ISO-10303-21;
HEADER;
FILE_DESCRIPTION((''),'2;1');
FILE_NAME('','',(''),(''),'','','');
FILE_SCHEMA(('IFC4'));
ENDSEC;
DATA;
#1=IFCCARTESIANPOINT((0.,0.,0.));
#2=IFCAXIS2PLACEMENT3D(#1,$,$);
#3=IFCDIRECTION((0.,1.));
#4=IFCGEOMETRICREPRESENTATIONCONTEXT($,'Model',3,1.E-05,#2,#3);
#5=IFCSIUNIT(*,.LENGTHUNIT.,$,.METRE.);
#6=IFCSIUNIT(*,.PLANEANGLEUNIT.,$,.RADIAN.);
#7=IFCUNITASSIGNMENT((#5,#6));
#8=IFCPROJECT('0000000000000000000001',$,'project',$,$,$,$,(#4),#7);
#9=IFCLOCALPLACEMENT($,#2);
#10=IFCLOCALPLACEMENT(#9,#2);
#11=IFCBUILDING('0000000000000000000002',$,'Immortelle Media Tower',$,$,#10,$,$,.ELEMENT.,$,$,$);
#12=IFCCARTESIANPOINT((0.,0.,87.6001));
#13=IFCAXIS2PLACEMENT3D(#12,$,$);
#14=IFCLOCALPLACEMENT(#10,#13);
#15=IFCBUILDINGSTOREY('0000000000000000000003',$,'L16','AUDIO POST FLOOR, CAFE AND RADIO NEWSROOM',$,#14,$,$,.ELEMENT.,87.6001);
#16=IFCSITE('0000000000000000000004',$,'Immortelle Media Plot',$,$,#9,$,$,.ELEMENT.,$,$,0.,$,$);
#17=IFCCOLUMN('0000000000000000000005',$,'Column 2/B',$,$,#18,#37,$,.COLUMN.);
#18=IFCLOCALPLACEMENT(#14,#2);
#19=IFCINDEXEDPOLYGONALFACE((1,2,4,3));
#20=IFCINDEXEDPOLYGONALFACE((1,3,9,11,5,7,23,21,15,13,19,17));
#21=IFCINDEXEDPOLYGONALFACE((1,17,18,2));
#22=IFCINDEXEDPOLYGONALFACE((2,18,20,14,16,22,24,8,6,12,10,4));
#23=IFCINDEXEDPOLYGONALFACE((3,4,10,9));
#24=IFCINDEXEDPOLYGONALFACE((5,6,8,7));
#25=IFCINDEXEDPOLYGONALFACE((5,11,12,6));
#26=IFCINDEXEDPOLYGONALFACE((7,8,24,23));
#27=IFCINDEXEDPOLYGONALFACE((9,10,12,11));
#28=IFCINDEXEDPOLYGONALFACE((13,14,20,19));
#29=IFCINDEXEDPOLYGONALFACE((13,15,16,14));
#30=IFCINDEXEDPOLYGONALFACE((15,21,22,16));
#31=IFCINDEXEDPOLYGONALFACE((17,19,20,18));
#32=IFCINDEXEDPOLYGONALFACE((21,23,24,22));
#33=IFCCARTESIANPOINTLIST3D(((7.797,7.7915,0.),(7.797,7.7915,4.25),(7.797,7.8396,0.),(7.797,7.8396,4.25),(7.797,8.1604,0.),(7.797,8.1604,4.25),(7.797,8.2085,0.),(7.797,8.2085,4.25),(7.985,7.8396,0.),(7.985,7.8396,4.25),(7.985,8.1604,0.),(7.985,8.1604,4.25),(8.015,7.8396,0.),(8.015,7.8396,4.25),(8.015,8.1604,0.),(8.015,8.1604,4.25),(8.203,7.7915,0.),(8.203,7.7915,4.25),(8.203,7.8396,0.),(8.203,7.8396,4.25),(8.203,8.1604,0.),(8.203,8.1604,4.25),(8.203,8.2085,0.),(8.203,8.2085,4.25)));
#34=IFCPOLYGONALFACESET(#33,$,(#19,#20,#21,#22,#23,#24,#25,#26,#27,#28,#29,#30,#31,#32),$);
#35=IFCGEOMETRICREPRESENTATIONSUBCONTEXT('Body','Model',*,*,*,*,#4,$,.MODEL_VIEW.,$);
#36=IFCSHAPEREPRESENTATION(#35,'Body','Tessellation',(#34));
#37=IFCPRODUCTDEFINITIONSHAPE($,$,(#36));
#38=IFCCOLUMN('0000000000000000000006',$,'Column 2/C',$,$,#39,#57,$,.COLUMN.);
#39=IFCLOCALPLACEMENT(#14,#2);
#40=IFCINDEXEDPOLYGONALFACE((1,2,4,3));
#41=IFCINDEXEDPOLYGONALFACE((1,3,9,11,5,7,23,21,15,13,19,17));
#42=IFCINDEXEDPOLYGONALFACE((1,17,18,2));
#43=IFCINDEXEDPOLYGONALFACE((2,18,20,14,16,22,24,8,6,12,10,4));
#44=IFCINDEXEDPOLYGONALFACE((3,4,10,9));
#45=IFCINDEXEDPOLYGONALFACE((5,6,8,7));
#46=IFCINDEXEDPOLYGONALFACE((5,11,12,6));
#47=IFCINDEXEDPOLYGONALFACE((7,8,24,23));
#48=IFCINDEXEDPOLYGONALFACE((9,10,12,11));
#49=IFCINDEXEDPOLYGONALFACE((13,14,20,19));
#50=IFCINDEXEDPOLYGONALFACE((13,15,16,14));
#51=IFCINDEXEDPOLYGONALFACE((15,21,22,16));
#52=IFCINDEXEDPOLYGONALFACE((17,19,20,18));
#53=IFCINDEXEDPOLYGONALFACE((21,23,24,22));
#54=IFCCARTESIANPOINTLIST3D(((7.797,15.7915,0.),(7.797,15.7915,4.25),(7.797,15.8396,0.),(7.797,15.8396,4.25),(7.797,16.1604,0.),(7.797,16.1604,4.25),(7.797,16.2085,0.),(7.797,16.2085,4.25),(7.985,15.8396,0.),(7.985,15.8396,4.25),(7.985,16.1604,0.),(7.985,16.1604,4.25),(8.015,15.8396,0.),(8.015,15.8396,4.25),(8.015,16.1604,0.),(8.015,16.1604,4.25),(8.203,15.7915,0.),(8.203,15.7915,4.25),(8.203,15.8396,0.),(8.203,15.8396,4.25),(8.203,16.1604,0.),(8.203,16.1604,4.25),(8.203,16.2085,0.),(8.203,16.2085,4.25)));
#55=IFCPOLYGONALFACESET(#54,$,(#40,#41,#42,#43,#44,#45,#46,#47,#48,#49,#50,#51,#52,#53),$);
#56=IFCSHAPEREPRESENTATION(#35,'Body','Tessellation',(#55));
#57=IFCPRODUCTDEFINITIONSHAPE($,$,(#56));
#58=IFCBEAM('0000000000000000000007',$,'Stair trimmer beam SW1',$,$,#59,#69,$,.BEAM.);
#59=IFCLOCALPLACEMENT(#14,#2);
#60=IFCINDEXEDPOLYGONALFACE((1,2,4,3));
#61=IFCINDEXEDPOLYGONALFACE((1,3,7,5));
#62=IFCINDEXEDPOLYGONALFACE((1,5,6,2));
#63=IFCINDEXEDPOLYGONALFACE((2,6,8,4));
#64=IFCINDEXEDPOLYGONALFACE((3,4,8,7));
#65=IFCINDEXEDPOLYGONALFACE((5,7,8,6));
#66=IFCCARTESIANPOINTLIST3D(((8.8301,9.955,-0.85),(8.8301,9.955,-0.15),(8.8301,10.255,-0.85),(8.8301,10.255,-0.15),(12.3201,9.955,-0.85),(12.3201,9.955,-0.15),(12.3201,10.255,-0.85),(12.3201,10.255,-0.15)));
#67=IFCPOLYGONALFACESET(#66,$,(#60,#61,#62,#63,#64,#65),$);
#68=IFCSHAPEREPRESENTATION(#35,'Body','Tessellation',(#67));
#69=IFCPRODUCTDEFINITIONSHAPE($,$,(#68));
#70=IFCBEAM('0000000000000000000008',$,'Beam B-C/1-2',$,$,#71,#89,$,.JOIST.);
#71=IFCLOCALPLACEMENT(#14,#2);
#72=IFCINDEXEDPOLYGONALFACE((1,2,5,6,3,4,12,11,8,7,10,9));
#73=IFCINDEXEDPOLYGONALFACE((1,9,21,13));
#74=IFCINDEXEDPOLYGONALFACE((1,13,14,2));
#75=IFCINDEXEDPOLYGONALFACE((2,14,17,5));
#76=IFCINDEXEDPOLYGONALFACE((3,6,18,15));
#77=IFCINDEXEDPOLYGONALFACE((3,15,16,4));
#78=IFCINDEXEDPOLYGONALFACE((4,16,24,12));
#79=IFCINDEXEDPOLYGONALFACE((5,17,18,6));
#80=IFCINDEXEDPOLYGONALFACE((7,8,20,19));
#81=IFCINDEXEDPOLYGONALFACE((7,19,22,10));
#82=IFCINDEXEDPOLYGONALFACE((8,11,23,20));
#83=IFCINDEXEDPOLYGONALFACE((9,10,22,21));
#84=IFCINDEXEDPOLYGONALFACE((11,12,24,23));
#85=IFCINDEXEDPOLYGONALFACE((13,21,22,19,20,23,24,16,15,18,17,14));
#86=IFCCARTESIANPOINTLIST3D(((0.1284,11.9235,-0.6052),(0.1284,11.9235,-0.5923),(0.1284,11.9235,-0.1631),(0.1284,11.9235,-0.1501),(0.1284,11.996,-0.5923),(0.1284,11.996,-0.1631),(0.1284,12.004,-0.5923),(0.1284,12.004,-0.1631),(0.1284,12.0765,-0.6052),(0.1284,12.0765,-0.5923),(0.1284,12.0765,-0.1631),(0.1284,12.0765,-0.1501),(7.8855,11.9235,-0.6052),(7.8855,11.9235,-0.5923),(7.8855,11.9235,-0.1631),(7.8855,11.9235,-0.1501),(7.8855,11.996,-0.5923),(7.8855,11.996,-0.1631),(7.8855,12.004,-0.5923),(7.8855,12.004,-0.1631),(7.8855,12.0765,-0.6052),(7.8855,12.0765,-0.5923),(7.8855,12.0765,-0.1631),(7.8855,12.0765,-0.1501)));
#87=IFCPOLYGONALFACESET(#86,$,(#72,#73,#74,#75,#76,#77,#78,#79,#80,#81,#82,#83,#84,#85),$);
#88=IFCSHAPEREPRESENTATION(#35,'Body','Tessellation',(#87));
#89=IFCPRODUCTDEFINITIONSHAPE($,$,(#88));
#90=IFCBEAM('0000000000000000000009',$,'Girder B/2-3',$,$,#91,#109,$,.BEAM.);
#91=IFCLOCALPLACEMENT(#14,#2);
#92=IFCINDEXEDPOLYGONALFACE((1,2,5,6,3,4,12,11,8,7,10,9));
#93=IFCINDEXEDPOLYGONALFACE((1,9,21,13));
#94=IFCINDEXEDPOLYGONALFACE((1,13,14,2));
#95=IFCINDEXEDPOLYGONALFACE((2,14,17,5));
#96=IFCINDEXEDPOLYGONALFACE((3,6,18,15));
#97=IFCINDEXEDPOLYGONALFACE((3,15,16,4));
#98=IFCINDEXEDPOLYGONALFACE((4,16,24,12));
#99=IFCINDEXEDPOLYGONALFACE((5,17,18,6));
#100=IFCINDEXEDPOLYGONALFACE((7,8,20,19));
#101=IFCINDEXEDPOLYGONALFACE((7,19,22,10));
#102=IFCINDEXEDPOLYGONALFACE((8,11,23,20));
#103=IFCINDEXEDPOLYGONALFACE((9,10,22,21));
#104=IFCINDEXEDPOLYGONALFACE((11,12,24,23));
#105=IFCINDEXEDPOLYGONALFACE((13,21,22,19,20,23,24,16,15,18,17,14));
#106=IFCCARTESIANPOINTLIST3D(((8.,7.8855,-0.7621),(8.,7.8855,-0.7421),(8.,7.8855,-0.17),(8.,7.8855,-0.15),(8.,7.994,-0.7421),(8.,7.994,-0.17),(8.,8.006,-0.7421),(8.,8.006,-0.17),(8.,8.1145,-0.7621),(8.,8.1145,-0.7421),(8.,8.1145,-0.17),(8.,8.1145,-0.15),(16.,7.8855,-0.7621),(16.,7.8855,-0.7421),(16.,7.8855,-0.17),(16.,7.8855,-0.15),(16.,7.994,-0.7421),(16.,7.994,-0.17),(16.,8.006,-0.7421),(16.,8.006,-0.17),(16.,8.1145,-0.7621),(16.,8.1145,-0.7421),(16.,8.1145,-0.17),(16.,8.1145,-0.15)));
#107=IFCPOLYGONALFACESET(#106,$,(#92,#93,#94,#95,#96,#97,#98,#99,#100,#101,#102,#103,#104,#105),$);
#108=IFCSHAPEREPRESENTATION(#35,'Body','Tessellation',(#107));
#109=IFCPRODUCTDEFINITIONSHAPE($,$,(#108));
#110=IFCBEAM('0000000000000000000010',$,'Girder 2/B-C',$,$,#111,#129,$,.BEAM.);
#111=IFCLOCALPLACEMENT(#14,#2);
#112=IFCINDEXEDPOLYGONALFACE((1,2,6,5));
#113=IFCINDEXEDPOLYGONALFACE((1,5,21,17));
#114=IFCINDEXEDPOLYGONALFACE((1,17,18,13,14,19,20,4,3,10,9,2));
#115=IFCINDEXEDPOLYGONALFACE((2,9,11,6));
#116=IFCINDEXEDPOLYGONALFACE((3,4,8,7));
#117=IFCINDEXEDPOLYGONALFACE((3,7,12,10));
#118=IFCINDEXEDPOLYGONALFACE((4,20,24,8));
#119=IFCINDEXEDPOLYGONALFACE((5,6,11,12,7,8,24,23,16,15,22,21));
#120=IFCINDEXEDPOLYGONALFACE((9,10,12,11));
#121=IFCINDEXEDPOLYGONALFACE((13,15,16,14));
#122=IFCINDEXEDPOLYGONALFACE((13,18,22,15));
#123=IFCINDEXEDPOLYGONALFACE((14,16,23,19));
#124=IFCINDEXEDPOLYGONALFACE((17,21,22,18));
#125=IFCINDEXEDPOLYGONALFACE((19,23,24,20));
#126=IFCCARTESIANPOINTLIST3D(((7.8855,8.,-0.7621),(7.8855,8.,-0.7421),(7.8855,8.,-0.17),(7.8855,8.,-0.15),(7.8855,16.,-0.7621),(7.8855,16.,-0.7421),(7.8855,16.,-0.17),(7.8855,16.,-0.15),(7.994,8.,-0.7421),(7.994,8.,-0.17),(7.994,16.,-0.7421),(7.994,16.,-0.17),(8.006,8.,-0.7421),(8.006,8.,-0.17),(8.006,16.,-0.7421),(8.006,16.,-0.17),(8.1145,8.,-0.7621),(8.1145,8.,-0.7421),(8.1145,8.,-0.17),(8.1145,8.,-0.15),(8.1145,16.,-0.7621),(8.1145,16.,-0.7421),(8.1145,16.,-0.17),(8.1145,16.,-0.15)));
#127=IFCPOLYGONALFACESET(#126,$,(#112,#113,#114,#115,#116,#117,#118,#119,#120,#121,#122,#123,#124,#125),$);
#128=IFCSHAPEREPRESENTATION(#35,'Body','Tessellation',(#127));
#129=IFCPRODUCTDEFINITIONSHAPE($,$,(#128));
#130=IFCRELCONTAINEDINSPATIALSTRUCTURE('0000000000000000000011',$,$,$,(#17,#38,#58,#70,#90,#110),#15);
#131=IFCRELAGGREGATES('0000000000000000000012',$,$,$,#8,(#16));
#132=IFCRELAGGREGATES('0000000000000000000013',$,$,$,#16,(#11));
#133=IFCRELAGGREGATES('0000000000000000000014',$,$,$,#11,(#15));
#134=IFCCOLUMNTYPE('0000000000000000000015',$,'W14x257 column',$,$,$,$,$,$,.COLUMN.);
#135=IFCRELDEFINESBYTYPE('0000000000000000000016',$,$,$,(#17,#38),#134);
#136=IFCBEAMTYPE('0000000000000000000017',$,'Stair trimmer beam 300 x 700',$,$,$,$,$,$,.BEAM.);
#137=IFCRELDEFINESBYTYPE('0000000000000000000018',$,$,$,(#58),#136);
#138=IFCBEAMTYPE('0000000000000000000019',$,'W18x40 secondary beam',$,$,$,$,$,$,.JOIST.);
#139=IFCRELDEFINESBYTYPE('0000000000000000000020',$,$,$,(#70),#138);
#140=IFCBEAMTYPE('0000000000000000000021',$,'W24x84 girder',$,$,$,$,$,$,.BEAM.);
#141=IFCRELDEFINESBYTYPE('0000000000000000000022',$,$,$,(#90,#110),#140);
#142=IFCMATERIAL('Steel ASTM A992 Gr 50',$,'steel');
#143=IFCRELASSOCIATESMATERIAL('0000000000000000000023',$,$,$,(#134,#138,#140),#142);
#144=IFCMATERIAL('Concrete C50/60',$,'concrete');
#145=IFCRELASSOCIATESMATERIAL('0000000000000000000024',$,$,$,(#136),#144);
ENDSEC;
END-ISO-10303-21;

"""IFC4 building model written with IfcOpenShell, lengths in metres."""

from ifc_helpers import new_model, si_unit, direction, frame, origin, origin_2d, place, context, subcontext, project, spatial, rectangle, i_section, extrude, material, material_profile, profile_set, type_object, element, save


model = new_model("IFC4")

# Units and contexts
model_context = context("Model", 3, precision=1e-05, world=origin(), true_north=direction((0.0, 1.0)))
body_context = subcontext(model_context, "Body", "Model", "MODEL_VIEW")
ifc_project = project(units=[si_unit("LENGTHUNIT", "METRE"), si_unit("PLANEANGLEUNIT", "RADIAN")], contexts=[model_context])

# Site, building, storey
site_placement = place(None, origin())
site = spatial("IfcSite", under=ifc_project, at=site_placement, Name="Immortelle Media Plot", CompositionType="ELEMENT", RefElevation=0.0)
building_placement = place(site_placement, origin())
building = spatial("IfcBuilding", under=site, at=building_placement, Name="Immortelle Media Tower", CompositionType="ELEMENT")
storey_placement = place(building_placement, frame((0.0, 0.0, 87.6001)))
storey = spatial("IfcBuildingStorey", under=building, at=storey_placement, Name="L16", Description="AUDIO POST FLOOR, CAFE AND RADIO NEWSROOM", CompositionType="ELEMENT", Elevation=87.6001)

# Columns
ifc_material_1 = material(Name="Steel ASTM A992 Gr 50", Category="steel")
ifc_material_profile_1 = material_profile(ifc_material_1, i_section(OverallWidth=0.406, OverallDepth=0.417, WebThickness=0.03, FlangeThickness=0.0481, at=origin_2d()), Name="W14x257")
ifc_profile_set_1 = profile_set([ifc_material_profile_1], Name="Steel ASTM A992 Gr 50")
column_type = type_object("IfcColumnType", Name="W14x257 column", PredefinedType="COLUMN", material=ifc_profile_set_1)
for number, where, z_axis, x_axis, name in (
    (1, (8.0, 8.0, 0.0), (0.0, 0.0, 1.0), (1.0, 0.0, 0.0), "Column 2/B"),
    (2, (8.0, 16.0, 0.0), (0.0, 0.0, 1.0), (1.0, 0.0, 0.0), "Column 2/C"),
):
    element("IfcColumn", number, at=place(storey_placement, frame(where, z_axis=z_axis, x_axis=x_axis)), inside=storey, type_object=column_type, Name=name, PredefinedType="COLUMN", context=body_context, shape_type="SweptSolid", body=[
        extrude(i_section(OverallWidth=0.406, OverallDepth=0.417, WebThickness=0.03, FlangeThickness=0.0481, at=origin_2d()), origin(), (0.0, 0.0, 1.0), 4.25),
    ])

# Beams
ifc_material_2 = material(Name="Concrete C50/60", Category="concrete")
ifc_material_profile_2 = material_profile(ifc_material_2, rectangle(XDim=0.3, YDim=0.7, at=origin_2d()), Name="RC 300x700")
ifc_profile_set_2 = profile_set([ifc_material_profile_2], Name="Concrete C50/60")
beam_type_1 = type_object("IfcBeamType", Name="Stair trimmer beam 300 x 700", PredefinedType="BEAM", material=ifc_profile_set_2)
beam_1_placement = place(storey_placement, frame((8.8301, 10.105, -0.5), z_axis=(1.0, 0.0, 0.0), x_axis=(0.0, 1.0, 0.0)))
element("IfcBeam", 3, at=beam_1_placement, inside=storey, type_object=beam_type_1, Name="Stair trimmer beam SW1", PredefinedType="BEAM", context=body_context, shape_type="SweptSolid", body=[
    extrude(rectangle(XDim=0.3, YDim=0.7, at=origin_2d()), origin(), (0.0, 0.0, 1.0), 3.49),
])
ifc_material_profile_3 = material_profile(ifc_material_1, i_section(OverallWidth=0.1531, OverallDepth=0.4551, WebThickness=0.0081, FlangeThickness=0.0129, at=origin_2d()), Name="W18x40")
ifc_profile_set_3 = profile_set([ifc_material_profile_3], Name="Steel ASTM A992 Gr 50")
beam_type_2 = type_object("IfcBeamType", Name="W18x40 secondary beam", PredefinedType="JOIST", material=ifc_profile_set_3)
beam_2_placement = place(storey_placement, frame((0.1284, 12.0, -0.3777), z_axis=(1.0, 0.0, 0.0), x_axis=(0.0, 1.0, 0.0)))
element("IfcBeam", 4, at=beam_2_placement, inside=storey, type_object=beam_type_2, Name="Beam B-C/1-2", PredefinedType="JOIST", context=body_context, shape_type="SweptSolid", body=[
    extrude(i_section(OverallWidth=0.1531, OverallDepth=0.4551, WebThickness=0.0081, FlangeThickness=0.0129, at=origin_2d()), origin(), (0.0, 0.0, 1.0), 7.7571),
])
ifc_material_profile_4 = material_profile(ifc_material_1, i_section(OverallWidth=0.229, OverallDepth=0.6121, WebThickness=0.012, FlangeThickness=0.02, at=origin_2d()), Name="W24x84")
ifc_profile_set_4 = profile_set([ifc_material_profile_4], Name="Steel ASTM A992 Gr 50")
beam_type_3 = type_object("IfcBeamType", Name="W24x84 girder", PredefinedType="BEAM", material=ifc_profile_set_4)
for number, where, z_axis, x_axis, name in (
    (5, (8.0, 8.0, -0.4561), (1.0, 0.0, 0.0), (0.0, 1.0, 0.0), "Girder B/2-3"),
    (6, (8.0, 8.0, -0.4561), (0.0, 1.0, 0.0), (-1.0, 0.0, 0.0), "Girder 2/B-C"),
):
    element("IfcBeam", number, at=place(storey_placement, frame(where, z_axis=z_axis, x_axis=x_axis)), inside=storey, type_object=beam_type_3, Name=name, PredefinedType="BEAM", context=body_context, shape_type="SweptSolid", body=[
        extrude(i_section(OverallWidth=0.229, OverallDepth=0.6121, WebThickness=0.012, FlangeThickness=0.02, at=origin_2d()), origin(), (0.0, 0.0, 1.0), 8.0),
    ])

save(model, "model.ifc")
